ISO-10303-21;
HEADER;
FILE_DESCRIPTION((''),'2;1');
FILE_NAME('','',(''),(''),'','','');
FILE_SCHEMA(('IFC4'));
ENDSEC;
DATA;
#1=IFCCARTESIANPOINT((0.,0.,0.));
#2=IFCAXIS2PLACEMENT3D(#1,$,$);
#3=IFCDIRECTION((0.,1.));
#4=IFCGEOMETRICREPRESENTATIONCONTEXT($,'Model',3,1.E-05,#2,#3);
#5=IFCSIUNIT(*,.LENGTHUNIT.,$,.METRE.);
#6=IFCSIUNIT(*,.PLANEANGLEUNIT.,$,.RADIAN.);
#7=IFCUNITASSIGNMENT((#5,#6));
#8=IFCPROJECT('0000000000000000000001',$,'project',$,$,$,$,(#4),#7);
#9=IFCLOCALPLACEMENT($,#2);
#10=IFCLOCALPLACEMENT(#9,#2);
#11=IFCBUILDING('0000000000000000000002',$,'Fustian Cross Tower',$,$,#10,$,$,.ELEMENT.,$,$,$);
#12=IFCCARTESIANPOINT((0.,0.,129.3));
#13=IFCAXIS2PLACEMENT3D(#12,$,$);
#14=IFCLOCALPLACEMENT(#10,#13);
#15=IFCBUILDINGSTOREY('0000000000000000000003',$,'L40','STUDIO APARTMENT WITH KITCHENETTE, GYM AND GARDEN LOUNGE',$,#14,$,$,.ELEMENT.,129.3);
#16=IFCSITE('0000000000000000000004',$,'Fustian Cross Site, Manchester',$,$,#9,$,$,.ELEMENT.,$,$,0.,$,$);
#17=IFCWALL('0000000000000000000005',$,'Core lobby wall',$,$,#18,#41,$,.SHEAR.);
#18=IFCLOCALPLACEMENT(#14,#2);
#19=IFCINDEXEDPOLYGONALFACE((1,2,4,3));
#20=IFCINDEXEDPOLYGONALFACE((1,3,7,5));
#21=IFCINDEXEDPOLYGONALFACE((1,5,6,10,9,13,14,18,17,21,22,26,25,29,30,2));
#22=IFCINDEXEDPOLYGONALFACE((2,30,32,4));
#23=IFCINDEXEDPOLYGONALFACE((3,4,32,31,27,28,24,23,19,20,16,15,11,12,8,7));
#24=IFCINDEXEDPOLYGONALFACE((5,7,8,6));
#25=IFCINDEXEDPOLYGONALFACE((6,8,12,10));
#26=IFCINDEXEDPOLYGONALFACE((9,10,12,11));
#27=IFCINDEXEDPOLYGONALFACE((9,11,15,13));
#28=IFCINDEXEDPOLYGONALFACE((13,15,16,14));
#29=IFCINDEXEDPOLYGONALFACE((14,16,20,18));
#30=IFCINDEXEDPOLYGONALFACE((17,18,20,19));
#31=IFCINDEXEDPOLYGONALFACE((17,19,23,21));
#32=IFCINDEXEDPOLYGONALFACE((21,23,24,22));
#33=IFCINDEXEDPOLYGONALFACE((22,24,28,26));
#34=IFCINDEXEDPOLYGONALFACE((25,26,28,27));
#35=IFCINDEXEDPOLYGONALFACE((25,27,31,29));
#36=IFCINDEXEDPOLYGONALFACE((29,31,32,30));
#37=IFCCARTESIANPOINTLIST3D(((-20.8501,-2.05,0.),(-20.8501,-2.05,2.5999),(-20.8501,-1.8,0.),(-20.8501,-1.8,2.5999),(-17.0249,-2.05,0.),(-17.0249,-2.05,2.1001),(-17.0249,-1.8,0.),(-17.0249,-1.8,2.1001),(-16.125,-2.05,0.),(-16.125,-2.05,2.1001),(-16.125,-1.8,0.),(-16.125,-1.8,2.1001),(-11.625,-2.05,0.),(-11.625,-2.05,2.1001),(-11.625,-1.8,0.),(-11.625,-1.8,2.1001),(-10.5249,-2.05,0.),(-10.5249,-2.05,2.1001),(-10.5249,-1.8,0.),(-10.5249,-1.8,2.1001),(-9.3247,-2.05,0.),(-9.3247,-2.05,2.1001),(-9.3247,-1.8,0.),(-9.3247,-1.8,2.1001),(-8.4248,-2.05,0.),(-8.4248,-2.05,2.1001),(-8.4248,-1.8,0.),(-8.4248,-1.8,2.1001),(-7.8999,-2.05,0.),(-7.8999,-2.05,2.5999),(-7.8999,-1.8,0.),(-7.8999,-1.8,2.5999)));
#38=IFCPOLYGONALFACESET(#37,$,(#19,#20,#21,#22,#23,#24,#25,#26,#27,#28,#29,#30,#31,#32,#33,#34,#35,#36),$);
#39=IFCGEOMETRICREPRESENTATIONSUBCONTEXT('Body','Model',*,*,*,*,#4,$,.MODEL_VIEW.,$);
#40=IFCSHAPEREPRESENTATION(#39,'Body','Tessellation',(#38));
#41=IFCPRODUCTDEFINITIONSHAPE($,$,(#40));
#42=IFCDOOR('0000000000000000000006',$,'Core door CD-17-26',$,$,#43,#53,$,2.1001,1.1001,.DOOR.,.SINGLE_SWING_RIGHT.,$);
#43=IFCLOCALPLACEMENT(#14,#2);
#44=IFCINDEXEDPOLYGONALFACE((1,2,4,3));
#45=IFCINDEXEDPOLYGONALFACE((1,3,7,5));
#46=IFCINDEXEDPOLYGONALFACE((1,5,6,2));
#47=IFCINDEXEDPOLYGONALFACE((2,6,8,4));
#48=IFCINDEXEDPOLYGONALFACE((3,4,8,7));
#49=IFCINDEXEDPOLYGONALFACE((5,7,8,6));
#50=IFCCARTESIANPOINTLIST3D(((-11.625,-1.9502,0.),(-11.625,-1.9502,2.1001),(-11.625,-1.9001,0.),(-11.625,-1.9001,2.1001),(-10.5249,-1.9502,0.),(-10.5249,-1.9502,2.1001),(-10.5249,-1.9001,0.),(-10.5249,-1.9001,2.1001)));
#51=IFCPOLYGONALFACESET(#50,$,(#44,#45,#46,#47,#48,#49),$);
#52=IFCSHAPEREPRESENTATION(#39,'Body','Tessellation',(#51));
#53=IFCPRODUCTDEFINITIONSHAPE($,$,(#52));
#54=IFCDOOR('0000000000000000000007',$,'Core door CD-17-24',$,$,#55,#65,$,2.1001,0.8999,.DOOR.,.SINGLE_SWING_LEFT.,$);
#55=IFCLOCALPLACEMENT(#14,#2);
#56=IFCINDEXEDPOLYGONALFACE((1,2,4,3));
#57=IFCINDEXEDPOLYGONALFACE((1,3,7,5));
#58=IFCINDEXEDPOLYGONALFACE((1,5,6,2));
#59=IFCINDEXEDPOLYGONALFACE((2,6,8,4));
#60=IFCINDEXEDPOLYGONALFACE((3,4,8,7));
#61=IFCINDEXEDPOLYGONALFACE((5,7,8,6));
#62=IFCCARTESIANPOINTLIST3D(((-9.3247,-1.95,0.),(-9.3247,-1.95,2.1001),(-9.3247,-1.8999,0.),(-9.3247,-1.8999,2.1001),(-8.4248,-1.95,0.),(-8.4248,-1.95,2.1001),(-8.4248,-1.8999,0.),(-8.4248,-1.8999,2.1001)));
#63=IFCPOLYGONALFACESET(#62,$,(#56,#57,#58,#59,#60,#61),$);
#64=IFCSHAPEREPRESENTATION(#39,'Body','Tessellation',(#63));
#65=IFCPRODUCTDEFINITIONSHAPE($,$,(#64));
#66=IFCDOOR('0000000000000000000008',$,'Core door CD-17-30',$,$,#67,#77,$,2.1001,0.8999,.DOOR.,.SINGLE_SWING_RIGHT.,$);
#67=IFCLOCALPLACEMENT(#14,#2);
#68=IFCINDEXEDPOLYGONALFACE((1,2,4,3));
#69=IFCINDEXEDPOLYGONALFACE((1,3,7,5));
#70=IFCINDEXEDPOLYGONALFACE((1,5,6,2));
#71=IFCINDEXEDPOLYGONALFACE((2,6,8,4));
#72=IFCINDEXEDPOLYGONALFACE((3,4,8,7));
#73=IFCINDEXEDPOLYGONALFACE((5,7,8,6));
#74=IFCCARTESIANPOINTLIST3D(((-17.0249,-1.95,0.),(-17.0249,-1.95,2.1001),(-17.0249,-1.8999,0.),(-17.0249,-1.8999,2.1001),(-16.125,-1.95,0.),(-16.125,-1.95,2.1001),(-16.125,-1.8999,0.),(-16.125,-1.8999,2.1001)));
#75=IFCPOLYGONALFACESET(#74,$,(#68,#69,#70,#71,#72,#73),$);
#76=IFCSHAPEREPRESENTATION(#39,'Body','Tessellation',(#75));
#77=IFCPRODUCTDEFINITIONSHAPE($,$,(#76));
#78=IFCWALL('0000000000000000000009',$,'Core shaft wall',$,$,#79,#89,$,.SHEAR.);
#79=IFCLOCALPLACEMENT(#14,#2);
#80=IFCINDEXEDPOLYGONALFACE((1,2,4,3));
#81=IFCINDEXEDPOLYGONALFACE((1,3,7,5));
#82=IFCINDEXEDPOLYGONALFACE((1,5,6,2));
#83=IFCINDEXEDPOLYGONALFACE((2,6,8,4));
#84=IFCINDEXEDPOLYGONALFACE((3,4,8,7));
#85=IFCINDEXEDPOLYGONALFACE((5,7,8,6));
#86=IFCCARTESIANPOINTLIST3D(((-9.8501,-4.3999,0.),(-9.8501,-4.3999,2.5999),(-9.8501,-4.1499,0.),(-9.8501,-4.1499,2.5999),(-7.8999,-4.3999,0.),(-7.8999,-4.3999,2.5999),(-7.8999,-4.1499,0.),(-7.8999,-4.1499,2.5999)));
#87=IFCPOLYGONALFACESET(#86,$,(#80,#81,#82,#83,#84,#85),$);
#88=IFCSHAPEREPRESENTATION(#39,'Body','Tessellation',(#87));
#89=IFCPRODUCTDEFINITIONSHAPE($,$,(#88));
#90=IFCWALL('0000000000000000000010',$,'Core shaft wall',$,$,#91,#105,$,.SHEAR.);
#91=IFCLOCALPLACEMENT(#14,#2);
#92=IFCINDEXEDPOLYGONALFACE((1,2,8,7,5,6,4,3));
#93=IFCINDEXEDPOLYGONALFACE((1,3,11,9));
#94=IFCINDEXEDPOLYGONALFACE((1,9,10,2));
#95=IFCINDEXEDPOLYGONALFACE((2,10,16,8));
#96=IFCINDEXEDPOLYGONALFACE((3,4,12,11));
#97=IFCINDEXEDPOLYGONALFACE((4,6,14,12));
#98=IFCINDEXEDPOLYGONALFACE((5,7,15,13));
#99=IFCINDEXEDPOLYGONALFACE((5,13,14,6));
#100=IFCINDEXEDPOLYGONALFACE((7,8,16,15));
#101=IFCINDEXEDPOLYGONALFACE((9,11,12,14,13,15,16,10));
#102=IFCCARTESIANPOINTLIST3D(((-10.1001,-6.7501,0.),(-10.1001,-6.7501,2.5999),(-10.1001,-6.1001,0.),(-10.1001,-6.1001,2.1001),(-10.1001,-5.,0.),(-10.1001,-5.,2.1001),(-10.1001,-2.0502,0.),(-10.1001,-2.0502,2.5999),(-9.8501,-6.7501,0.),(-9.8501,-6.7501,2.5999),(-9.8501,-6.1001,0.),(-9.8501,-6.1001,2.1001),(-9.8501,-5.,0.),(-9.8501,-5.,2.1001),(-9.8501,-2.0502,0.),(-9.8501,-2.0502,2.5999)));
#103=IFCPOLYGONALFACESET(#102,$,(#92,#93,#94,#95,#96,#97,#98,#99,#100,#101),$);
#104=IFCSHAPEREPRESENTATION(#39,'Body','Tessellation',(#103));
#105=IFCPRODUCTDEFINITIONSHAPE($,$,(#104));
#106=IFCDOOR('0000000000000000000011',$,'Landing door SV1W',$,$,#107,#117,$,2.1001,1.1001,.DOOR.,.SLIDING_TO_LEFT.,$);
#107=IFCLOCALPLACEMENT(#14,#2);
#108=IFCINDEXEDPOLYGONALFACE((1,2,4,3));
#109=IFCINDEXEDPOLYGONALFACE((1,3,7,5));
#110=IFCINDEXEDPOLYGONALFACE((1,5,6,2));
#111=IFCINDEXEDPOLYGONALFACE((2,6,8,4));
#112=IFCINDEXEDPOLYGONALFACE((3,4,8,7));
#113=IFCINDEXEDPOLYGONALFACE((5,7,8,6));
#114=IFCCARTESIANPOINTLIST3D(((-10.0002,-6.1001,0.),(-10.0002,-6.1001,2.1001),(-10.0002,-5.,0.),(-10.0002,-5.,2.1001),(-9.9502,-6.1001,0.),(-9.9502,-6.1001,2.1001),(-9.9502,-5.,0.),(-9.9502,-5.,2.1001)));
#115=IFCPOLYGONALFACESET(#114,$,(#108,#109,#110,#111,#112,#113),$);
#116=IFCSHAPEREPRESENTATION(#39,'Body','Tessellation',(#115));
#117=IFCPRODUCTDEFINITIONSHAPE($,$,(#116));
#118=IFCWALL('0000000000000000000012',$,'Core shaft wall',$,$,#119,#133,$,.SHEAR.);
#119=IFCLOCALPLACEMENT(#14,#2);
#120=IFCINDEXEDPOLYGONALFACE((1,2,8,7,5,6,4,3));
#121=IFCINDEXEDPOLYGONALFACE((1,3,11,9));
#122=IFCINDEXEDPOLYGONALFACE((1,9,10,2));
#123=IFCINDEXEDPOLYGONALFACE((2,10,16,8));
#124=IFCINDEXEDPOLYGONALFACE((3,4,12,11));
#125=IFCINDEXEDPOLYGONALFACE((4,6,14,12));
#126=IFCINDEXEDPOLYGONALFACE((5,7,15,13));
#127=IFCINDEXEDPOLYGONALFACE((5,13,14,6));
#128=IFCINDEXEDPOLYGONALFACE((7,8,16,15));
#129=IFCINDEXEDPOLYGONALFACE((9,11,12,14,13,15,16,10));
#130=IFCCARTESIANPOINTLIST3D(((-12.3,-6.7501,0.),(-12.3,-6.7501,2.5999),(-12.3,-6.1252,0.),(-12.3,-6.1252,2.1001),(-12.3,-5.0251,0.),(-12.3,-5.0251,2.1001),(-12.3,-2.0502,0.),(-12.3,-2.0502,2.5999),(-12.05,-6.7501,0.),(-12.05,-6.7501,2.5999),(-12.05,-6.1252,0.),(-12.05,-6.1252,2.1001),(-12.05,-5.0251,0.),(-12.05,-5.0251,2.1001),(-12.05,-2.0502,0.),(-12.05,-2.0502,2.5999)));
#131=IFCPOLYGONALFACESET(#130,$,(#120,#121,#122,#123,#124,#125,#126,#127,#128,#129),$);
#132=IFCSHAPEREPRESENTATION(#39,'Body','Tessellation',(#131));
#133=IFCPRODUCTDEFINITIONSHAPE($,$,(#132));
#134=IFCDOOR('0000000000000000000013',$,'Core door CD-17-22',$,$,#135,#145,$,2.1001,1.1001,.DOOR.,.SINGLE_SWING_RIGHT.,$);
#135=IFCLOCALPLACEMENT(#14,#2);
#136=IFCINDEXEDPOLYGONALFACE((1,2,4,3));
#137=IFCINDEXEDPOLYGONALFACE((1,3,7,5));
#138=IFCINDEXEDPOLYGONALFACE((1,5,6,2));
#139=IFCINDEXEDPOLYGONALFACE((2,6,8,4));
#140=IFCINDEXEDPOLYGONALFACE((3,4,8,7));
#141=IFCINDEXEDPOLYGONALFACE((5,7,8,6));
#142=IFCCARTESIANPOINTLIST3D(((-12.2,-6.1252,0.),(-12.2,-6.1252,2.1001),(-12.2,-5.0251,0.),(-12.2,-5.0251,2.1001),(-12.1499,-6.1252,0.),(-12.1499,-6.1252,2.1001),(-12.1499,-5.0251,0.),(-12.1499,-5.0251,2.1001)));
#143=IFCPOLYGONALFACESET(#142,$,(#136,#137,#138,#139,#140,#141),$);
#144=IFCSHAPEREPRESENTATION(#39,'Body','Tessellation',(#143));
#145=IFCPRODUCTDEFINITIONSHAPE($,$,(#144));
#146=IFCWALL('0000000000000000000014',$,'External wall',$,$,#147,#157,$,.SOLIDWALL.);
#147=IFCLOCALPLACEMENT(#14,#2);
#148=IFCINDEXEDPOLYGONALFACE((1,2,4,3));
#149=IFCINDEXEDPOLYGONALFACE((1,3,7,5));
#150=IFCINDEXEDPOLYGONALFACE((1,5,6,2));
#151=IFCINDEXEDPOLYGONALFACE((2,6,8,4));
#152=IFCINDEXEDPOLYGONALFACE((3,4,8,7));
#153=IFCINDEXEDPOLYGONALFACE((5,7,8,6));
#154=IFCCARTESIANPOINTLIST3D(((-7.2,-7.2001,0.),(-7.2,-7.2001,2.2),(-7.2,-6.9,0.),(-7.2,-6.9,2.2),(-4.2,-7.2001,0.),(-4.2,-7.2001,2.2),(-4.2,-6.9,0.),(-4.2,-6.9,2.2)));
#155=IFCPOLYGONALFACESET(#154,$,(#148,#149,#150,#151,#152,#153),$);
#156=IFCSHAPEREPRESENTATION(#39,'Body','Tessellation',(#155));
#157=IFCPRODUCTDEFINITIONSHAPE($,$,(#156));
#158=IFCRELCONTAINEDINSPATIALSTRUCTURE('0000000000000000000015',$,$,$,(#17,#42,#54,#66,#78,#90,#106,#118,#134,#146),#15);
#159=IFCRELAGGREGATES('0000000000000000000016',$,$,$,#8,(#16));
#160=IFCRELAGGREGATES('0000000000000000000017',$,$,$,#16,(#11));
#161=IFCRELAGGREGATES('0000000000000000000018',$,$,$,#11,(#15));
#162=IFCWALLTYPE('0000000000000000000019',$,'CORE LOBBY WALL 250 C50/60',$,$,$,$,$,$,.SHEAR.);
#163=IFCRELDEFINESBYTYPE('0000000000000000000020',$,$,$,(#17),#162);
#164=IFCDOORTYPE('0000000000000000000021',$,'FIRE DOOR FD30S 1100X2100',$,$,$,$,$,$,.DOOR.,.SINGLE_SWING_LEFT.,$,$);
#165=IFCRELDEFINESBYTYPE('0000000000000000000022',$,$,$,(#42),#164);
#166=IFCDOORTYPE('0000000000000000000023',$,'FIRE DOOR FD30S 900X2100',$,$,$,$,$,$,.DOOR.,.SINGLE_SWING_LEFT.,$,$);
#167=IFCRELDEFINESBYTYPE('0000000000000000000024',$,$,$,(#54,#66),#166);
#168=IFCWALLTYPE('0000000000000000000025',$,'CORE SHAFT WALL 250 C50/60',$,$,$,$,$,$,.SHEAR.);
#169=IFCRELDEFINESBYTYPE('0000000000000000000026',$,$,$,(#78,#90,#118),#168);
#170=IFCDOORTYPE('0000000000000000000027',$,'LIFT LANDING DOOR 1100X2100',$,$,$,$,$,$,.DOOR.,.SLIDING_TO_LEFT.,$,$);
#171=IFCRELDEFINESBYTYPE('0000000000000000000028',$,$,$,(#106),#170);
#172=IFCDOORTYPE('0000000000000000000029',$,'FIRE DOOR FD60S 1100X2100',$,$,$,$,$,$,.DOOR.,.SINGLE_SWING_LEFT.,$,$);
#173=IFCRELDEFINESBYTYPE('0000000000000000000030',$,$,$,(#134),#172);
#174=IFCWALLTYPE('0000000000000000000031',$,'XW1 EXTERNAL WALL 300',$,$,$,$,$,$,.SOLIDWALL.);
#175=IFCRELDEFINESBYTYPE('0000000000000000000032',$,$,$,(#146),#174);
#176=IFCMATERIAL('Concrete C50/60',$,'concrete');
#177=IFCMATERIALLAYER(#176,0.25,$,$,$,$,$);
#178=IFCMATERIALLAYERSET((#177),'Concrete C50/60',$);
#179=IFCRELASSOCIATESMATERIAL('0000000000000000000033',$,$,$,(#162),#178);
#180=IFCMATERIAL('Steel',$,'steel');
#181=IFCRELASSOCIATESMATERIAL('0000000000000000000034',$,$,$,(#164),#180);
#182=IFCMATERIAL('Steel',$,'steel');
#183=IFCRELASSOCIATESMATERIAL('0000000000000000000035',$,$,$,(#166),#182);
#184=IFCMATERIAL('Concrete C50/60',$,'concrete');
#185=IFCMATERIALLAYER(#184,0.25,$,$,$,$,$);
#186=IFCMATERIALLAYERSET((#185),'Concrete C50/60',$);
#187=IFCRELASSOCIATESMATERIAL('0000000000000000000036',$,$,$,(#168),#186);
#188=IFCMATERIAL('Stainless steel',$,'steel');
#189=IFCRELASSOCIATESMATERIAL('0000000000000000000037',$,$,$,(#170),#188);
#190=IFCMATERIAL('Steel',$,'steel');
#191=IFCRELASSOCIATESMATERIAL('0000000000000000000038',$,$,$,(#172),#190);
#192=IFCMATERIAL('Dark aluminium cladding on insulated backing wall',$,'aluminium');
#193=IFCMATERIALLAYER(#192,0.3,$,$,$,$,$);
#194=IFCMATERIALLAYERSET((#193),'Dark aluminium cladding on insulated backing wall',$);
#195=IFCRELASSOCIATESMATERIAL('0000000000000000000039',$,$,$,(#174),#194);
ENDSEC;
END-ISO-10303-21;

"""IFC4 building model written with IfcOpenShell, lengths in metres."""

from ifc_helpers import new_model, si_unit, direction, frame, frame_2d, origin, place, context, subcontext, project, spatial, rectangle, extrude, material, layer, layer_set, type_object, element, fill, save


model = new_model("IFC4")

# Units and contexts
model_context = context("Model", 3, precision=1e-05, world=origin(), true_north=direction((0.0, 1.0)))
body_context = subcontext(model_context, "Body", "Model", "MODEL_VIEW")
ifc_project = project(units=[si_unit("LENGTHUNIT", "METRE"), si_unit("PLANEANGLEUNIT", "RADIAN")], contexts=[model_context])

# Site, building, storey
site_placement = place(None, origin())
site = spatial("IfcSite", under=ifc_project, at=site_placement, Name="Fustian Cross Site, Manchester", CompositionType="ELEMENT", RefElevation=0.0)
building_placement = place(site_placement, origin())
building = spatial("IfcBuilding", under=site, at=building_placement, Name="Fustian Cross Tower", CompositionType="ELEMENT")
storey_placement = place(building_placement, frame((0.0, 0.0, 129.3)))
storey = spatial("IfcBuildingStorey", under=building, at=storey_placement, Name="L40", Description="STUDIO APARTMENT WITH KITCHENETTE, GYM AND GARDEN LOUNGE", CompositionType="ELEMENT", Elevation=129.3)

# Wall, openings, doors
ifc_material_1 = material(Name="Concrete C50/60", Category="concrete")
ifc_layer_1 = layer(ifc_material_1, 0.25)
ifc_layer_set_1 = layer_set([ifc_layer_1], Name="Concrete C50/60")
wall_type_1 = type_object("IfcWallType", Name="CORE LOBBY WALL 250 C50/60", PredefinedType="SHEAR", material=ifc_layer_set_1)
wall_1_placement = place(storey_placement, frame((-7.8999, -1.925, 0.0), z_axis=(0.0, 0.0, 1.0), x_axis=(-1.0, 0.0, 0.0)))
wall_1 = element("IfcWall", 1, at=wall_1_placement, inside=storey, type_object=wall_type_1, Name="Core lobby wall", PredefinedType="SHEAR", context=body_context, shape_type="SweptSolid", body=[
    extrude(rectangle(XDim=12.9502, YDim=0.25, at=frame_2d((6.4751, 0.0))), origin(), (0.0, 0.0, 1.0), 2.5999),
])
opening_1_placement = place(wall_1_placement, frame((0.5249, 0.0, 0.0)))
opening_1 = element("IfcOpeningElement", 2, at=opening_1_placement, cuts=wall_1, PredefinedType="OPENING", context=body_context, shape_type="SweptSolid", body=[
    extrude(rectangle(XDim=0.8999, YDim=2.1001, at=frame_2d((0.45, 1.05))), frame((0.0, 0.135, 0.0), z_axis=(0.0, -1.0, 0.0), x_axis=(1.0, 0.0, 0.0)), (0.0, 0.0, 1.0), 0.27),
])
opening_2_placement = place(wall_1_placement, frame((2.625, 0.0, 0.0)))
opening_2 = element("IfcOpeningElement", 3, at=opening_2_placement, cuts=wall_1, PredefinedType="OPENING", context=body_context, shape_type="SweptSolid", body=[
    extrude(rectangle(XDim=1.1001, YDim=2.1001, at=frame_2d((0.55, 1.05))), frame((0.0, 0.135, 0.0), z_axis=(0.0, -1.0, 0.0), x_axis=(1.0, 0.0, 0.0)), (0.0, 0.0, 1.0), 0.27),
])
opening_3_placement = place(wall_1_placement, frame((8.2251, 0.0, 0.0)))
opening_3 = element("IfcOpeningElement", 4, at=opening_3_placement, cuts=wall_1, PredefinedType="OPENING", context=body_context, shape_type="SweptSolid", body=[
    extrude(rectangle(XDim=0.8999, YDim=2.1001, at=frame_2d((0.45, 1.05))), frame((0.0, 0.135, 0.0), z_axis=(0.0, -1.0, 0.0), x_axis=(1.0, 0.0, 0.0)), (0.0, 0.0, 1.0), 0.27),
])
ifc_material_2 = material(Name="Steel", Category="steel")
door_type_1 = type_object("IfcDoorType", Name="FIRE DOOR FD30S 1100X2100", OperationType="SINGLE_SWING_LEFT", PredefinedType="DOOR", material=ifc_material_2)
door_1_placement = place(opening_2_placement, frame((1.1001, 0.0, 0.0), z_axis=(0.0, 0.0, 1.0), x_axis=(-1.0, 0.0, 0.0)))
door_1 = element("IfcDoor", 5, at=door_1_placement, inside=storey, type_object=door_type_1, Name="Core door CD-17-26", OperationType="SINGLE_SWING_RIGHT", OverallHeight=2.1001, OverallWidth=1.1001, PredefinedType="DOOR", context=body_context, shape_type="SweptSolid", body=[
    extrude(rectangle(XDim=1.1001, YDim=2.1001, at=frame_2d((0.55, 1.05))), frame((0.0, 0.0249, 0.0), z_axis=(0.0, -1.0, 0.0), x_axis=(1.0, 0.0, 0.0)), (0.0, 0.0, 1.0), 0.05),
])
fill(opening_2, door_1)
ifc_material_3 = material(Name="Steel", Category="steel")
door_type_2 = type_object("IfcDoorType", Name="FIRE DOOR FD30S 900X2100", OperationType="SINGLE_SWING_LEFT", PredefinedType="DOOR", material=ifc_material_3)
door_2_placement = place(opening_1_placement, origin())
door_2 = element("IfcDoor", 6, at=door_2_placement, inside=storey, type_object=door_type_2, Name="Core door CD-17-24", OperationType="SINGLE_SWING_LEFT", OverallHeight=2.1001, OverallWidth=0.8999, PredefinedType="DOOR", context=body_context, shape_type="SweptSolid", body=[
    extrude(rectangle(XDim=0.8999, YDim=2.1001, at=frame_2d((0.45, 1.05))), frame((0.0, 0.0249, 0.0), z_axis=(0.0, -1.0, 0.0), x_axis=(1.0, 0.0, 0.0)), (0.0, 0.0, 1.0), 0.05),
])
fill(opening_1, door_2)
door_3_placement = place(opening_3_placement, origin())
door_3 = element("IfcDoor", 7, at=door_3_placement, inside=storey, type_object=door_type_2, Name="Core door CD-17-30", OperationType="SINGLE_SWING_RIGHT", OverallHeight=2.1001, OverallWidth=0.8999, PredefinedType="DOOR", context=body_context, shape_type="SweptSolid", body=[
    extrude(rectangle(XDim=0.8999, YDim=2.1001, at=frame_2d((0.45, 1.05))), frame((0.0, 0.0249, 0.0), z_axis=(0.0, -1.0, 0.0), x_axis=(1.0, 0.0, 0.0)), (0.0, 0.0, 1.0), 0.05),
])
fill(opening_3, door_3)

# Wall
ifc_material_4 = material(Name="Concrete C50/60", Category="concrete")
ifc_layer_2 = layer(ifc_material_4, 0.25)
ifc_layer_set_2 = layer_set([ifc_layer_2], Name="Concrete C50/60")
wall_type_2 = type_object("IfcWallType", Name="CORE SHAFT WALL 250 C50/60", PredefinedType="SHEAR", material=ifc_layer_set_2)
wall_2_placement = place(storey_placement, frame((-7.8999, -4.2749, 0.0), z_axis=(0.0, 0.0, 1.0), x_axis=(-1.0, 0.0, 0.0)))
element("IfcWall", 8, at=wall_2_placement, inside=storey, type_object=wall_type_2, Name="Core shaft wall", PredefinedType="SHEAR", context=body_context, shape_type="SweptSolid", body=[
    extrude(rectangle(XDim=1.9502, YDim=0.25, at=frame_2d((0.9751, 0.0))), origin(), (0.0, 0.0, 1.0), 2.5999),
])

# Walls, openings, doors
wall_3_placement = place(storey_placement, frame((-9.9751, -2.05, 0.0), z_axis=(0.0, 0.0, 1.0), x_axis=(0.0, -1.0, 0.0)))
wall_3 = element("IfcWall", 9, at=wall_3_placement, inside=storey, type_object=wall_type_2, Name="Core shaft wall", PredefinedType="SHEAR", context=body_context, shape_type="SweptSolid", body=[
    extrude(rectangle(XDim=4.7, YDim=0.25, at=frame_2d((2.3501, 0.0))), origin(), (0.0, 0.0, 1.0), 2.5999),
])
opening_4_placement = place(wall_3_placement, frame((2.95, 0.0, 0.0)))
opening_4 = element("IfcOpeningElement", 10, at=opening_4_placement, cuts=wall_3, PredefinedType="OPENING", context=body_context, shape_type="SweptSolid", body=[
    extrude(rectangle(XDim=1.1001, YDim=2.1001, at=frame_2d((0.55, 1.05))), frame((0.0, 0.135, 0.0), z_axis=(0.0, -1.0, 0.0), x_axis=(1.0, 0.0, 0.0)), (0.0, 0.0, 1.0), 0.27),
])
ifc_material_5 = material(Name="Stainless steel", Category="steel")
door_type_3 = type_object("IfcDoorType", Name="LIFT LANDING DOOR 1100X2100", OperationType="SLIDING_TO_LEFT", PredefinedType="DOOR", material=ifc_material_5)
door_4_placement = place(opening_4_placement, origin())
door_4 = element("IfcDoor", 11, at=door_4_placement, inside=storey, type_object=door_type_3, Name="Landing door SV1W", OperationType="SLIDING_TO_LEFT", OverallHeight=2.1001, OverallWidth=1.1001, PredefinedType="DOOR", context=body_context, shape_type="SweptSolid", body=[
    extrude(rectangle(XDim=1.1001, YDim=2.1001, at=frame_2d((0.55, 1.05))), frame((0.0, 0.0249, 0.0), z_axis=(0.0, -1.0, 0.0), x_axis=(1.0, 0.0, 0.0)), (0.0, 0.0, 1.0), 0.05),
])
fill(opening_4, door_4)
wall_4_placement = place(storey_placement, frame((-12.175, -2.05, 0.0), z_axis=(0.0, 0.0, 1.0), x_axis=(0.0, -1.0, 0.0)))
wall_4 = element("IfcWall", 12, at=wall_4_placement, inside=storey, type_object=wall_type_2, Name="Core shaft wall", PredefinedType="SHEAR", context=body_context, shape_type="SweptSolid", body=[
    extrude(rectangle(XDim=4.7, YDim=0.25, at=frame_2d((2.3501, 0.0))), origin(), (0.0, 0.0, 1.0), 2.5999),
])
opening_5_placement = place(wall_4_placement, frame((2.9751, 0.0, 0.0)))
opening_5 = element("IfcOpeningElement", 13, at=opening_5_placement, cuts=wall_4, PredefinedType="OPENING", context=body_context, shape_type="SweptSolid", body=[
    extrude(rectangle(XDim=1.1001, YDim=2.1001, at=frame_2d((0.55, 1.05))), frame((0.0, 0.135, 0.0), z_axis=(0.0, -1.0, 0.0), x_axis=(1.0, 0.0, 0.0)), (0.0, 0.0, 1.0), 0.27),
])
ifc_material_6 = material(Name="Steel", Category="steel")
door_type_4 = type_object("IfcDoorType", Name="FIRE DOOR FD60S 1100X2100", OperationType="SINGLE_SWING_LEFT", PredefinedType="DOOR", material=ifc_material_6)
door_5_placement = place(opening_5_placement, frame((1.1001, 0.0, 0.0), z_axis=(0.0, 0.0, 1.0), x_axis=(-1.0, 0.0, 0.0)))
door_5 = element("IfcDoor", 14, at=door_5_placement, inside=storey, type_object=door_type_4, Name="Core door CD-17-22", OperationType="SINGLE_SWING_RIGHT", OverallHeight=2.1001, OverallWidth=1.1001, PredefinedType="DOOR", context=body_context, shape_type="SweptSolid", body=[
    extrude(rectangle(XDim=1.1001, YDim=2.1001, at=frame_2d((0.55, 1.05))), frame((0.0, 0.0249, 0.0), z_axis=(0.0, -1.0, 0.0), x_axis=(1.0, 0.0, 0.0)), (0.0, 0.0, 1.0), 0.05),
])
fill(opening_5, door_5)

# Wall
ifc_material_7 = material(Name="Dark aluminium cladding on insulated backing wall", Category="aluminium")
ifc_layer_3 = layer(ifc_material_7, 0.3)
ifc_layer_set_3 = layer_set([ifc_layer_3], Name="Dark aluminium cladding on insulated backing wall")
wall_type_3 = type_object("IfcWallType", Name="XW1 EXTERNAL WALL 300", PredefinedType="SOLIDWALL", material=ifc_layer_set_3)
wall_5_placement = place(storey_placement, frame((-7.2, -7.05, 0.0), z_axis=(0.0, 0.0, 1.0), x_axis=(1.0, 0.0, 0.0)))
element("IfcWall", 15, at=wall_5_placement, inside=storey, type_object=wall_type_3, Name="External wall", PredefinedType="SOLIDWALL", context=body_context, shape_type="SweptSolid", body=[
    extrude(rectangle(XDim=3.0, YDim=0.3, at=frame_2d((1.5, 0.0))), origin(), (0.0, 0.0, 1.0), 2.2),
])

save(model, "model.ifc")
